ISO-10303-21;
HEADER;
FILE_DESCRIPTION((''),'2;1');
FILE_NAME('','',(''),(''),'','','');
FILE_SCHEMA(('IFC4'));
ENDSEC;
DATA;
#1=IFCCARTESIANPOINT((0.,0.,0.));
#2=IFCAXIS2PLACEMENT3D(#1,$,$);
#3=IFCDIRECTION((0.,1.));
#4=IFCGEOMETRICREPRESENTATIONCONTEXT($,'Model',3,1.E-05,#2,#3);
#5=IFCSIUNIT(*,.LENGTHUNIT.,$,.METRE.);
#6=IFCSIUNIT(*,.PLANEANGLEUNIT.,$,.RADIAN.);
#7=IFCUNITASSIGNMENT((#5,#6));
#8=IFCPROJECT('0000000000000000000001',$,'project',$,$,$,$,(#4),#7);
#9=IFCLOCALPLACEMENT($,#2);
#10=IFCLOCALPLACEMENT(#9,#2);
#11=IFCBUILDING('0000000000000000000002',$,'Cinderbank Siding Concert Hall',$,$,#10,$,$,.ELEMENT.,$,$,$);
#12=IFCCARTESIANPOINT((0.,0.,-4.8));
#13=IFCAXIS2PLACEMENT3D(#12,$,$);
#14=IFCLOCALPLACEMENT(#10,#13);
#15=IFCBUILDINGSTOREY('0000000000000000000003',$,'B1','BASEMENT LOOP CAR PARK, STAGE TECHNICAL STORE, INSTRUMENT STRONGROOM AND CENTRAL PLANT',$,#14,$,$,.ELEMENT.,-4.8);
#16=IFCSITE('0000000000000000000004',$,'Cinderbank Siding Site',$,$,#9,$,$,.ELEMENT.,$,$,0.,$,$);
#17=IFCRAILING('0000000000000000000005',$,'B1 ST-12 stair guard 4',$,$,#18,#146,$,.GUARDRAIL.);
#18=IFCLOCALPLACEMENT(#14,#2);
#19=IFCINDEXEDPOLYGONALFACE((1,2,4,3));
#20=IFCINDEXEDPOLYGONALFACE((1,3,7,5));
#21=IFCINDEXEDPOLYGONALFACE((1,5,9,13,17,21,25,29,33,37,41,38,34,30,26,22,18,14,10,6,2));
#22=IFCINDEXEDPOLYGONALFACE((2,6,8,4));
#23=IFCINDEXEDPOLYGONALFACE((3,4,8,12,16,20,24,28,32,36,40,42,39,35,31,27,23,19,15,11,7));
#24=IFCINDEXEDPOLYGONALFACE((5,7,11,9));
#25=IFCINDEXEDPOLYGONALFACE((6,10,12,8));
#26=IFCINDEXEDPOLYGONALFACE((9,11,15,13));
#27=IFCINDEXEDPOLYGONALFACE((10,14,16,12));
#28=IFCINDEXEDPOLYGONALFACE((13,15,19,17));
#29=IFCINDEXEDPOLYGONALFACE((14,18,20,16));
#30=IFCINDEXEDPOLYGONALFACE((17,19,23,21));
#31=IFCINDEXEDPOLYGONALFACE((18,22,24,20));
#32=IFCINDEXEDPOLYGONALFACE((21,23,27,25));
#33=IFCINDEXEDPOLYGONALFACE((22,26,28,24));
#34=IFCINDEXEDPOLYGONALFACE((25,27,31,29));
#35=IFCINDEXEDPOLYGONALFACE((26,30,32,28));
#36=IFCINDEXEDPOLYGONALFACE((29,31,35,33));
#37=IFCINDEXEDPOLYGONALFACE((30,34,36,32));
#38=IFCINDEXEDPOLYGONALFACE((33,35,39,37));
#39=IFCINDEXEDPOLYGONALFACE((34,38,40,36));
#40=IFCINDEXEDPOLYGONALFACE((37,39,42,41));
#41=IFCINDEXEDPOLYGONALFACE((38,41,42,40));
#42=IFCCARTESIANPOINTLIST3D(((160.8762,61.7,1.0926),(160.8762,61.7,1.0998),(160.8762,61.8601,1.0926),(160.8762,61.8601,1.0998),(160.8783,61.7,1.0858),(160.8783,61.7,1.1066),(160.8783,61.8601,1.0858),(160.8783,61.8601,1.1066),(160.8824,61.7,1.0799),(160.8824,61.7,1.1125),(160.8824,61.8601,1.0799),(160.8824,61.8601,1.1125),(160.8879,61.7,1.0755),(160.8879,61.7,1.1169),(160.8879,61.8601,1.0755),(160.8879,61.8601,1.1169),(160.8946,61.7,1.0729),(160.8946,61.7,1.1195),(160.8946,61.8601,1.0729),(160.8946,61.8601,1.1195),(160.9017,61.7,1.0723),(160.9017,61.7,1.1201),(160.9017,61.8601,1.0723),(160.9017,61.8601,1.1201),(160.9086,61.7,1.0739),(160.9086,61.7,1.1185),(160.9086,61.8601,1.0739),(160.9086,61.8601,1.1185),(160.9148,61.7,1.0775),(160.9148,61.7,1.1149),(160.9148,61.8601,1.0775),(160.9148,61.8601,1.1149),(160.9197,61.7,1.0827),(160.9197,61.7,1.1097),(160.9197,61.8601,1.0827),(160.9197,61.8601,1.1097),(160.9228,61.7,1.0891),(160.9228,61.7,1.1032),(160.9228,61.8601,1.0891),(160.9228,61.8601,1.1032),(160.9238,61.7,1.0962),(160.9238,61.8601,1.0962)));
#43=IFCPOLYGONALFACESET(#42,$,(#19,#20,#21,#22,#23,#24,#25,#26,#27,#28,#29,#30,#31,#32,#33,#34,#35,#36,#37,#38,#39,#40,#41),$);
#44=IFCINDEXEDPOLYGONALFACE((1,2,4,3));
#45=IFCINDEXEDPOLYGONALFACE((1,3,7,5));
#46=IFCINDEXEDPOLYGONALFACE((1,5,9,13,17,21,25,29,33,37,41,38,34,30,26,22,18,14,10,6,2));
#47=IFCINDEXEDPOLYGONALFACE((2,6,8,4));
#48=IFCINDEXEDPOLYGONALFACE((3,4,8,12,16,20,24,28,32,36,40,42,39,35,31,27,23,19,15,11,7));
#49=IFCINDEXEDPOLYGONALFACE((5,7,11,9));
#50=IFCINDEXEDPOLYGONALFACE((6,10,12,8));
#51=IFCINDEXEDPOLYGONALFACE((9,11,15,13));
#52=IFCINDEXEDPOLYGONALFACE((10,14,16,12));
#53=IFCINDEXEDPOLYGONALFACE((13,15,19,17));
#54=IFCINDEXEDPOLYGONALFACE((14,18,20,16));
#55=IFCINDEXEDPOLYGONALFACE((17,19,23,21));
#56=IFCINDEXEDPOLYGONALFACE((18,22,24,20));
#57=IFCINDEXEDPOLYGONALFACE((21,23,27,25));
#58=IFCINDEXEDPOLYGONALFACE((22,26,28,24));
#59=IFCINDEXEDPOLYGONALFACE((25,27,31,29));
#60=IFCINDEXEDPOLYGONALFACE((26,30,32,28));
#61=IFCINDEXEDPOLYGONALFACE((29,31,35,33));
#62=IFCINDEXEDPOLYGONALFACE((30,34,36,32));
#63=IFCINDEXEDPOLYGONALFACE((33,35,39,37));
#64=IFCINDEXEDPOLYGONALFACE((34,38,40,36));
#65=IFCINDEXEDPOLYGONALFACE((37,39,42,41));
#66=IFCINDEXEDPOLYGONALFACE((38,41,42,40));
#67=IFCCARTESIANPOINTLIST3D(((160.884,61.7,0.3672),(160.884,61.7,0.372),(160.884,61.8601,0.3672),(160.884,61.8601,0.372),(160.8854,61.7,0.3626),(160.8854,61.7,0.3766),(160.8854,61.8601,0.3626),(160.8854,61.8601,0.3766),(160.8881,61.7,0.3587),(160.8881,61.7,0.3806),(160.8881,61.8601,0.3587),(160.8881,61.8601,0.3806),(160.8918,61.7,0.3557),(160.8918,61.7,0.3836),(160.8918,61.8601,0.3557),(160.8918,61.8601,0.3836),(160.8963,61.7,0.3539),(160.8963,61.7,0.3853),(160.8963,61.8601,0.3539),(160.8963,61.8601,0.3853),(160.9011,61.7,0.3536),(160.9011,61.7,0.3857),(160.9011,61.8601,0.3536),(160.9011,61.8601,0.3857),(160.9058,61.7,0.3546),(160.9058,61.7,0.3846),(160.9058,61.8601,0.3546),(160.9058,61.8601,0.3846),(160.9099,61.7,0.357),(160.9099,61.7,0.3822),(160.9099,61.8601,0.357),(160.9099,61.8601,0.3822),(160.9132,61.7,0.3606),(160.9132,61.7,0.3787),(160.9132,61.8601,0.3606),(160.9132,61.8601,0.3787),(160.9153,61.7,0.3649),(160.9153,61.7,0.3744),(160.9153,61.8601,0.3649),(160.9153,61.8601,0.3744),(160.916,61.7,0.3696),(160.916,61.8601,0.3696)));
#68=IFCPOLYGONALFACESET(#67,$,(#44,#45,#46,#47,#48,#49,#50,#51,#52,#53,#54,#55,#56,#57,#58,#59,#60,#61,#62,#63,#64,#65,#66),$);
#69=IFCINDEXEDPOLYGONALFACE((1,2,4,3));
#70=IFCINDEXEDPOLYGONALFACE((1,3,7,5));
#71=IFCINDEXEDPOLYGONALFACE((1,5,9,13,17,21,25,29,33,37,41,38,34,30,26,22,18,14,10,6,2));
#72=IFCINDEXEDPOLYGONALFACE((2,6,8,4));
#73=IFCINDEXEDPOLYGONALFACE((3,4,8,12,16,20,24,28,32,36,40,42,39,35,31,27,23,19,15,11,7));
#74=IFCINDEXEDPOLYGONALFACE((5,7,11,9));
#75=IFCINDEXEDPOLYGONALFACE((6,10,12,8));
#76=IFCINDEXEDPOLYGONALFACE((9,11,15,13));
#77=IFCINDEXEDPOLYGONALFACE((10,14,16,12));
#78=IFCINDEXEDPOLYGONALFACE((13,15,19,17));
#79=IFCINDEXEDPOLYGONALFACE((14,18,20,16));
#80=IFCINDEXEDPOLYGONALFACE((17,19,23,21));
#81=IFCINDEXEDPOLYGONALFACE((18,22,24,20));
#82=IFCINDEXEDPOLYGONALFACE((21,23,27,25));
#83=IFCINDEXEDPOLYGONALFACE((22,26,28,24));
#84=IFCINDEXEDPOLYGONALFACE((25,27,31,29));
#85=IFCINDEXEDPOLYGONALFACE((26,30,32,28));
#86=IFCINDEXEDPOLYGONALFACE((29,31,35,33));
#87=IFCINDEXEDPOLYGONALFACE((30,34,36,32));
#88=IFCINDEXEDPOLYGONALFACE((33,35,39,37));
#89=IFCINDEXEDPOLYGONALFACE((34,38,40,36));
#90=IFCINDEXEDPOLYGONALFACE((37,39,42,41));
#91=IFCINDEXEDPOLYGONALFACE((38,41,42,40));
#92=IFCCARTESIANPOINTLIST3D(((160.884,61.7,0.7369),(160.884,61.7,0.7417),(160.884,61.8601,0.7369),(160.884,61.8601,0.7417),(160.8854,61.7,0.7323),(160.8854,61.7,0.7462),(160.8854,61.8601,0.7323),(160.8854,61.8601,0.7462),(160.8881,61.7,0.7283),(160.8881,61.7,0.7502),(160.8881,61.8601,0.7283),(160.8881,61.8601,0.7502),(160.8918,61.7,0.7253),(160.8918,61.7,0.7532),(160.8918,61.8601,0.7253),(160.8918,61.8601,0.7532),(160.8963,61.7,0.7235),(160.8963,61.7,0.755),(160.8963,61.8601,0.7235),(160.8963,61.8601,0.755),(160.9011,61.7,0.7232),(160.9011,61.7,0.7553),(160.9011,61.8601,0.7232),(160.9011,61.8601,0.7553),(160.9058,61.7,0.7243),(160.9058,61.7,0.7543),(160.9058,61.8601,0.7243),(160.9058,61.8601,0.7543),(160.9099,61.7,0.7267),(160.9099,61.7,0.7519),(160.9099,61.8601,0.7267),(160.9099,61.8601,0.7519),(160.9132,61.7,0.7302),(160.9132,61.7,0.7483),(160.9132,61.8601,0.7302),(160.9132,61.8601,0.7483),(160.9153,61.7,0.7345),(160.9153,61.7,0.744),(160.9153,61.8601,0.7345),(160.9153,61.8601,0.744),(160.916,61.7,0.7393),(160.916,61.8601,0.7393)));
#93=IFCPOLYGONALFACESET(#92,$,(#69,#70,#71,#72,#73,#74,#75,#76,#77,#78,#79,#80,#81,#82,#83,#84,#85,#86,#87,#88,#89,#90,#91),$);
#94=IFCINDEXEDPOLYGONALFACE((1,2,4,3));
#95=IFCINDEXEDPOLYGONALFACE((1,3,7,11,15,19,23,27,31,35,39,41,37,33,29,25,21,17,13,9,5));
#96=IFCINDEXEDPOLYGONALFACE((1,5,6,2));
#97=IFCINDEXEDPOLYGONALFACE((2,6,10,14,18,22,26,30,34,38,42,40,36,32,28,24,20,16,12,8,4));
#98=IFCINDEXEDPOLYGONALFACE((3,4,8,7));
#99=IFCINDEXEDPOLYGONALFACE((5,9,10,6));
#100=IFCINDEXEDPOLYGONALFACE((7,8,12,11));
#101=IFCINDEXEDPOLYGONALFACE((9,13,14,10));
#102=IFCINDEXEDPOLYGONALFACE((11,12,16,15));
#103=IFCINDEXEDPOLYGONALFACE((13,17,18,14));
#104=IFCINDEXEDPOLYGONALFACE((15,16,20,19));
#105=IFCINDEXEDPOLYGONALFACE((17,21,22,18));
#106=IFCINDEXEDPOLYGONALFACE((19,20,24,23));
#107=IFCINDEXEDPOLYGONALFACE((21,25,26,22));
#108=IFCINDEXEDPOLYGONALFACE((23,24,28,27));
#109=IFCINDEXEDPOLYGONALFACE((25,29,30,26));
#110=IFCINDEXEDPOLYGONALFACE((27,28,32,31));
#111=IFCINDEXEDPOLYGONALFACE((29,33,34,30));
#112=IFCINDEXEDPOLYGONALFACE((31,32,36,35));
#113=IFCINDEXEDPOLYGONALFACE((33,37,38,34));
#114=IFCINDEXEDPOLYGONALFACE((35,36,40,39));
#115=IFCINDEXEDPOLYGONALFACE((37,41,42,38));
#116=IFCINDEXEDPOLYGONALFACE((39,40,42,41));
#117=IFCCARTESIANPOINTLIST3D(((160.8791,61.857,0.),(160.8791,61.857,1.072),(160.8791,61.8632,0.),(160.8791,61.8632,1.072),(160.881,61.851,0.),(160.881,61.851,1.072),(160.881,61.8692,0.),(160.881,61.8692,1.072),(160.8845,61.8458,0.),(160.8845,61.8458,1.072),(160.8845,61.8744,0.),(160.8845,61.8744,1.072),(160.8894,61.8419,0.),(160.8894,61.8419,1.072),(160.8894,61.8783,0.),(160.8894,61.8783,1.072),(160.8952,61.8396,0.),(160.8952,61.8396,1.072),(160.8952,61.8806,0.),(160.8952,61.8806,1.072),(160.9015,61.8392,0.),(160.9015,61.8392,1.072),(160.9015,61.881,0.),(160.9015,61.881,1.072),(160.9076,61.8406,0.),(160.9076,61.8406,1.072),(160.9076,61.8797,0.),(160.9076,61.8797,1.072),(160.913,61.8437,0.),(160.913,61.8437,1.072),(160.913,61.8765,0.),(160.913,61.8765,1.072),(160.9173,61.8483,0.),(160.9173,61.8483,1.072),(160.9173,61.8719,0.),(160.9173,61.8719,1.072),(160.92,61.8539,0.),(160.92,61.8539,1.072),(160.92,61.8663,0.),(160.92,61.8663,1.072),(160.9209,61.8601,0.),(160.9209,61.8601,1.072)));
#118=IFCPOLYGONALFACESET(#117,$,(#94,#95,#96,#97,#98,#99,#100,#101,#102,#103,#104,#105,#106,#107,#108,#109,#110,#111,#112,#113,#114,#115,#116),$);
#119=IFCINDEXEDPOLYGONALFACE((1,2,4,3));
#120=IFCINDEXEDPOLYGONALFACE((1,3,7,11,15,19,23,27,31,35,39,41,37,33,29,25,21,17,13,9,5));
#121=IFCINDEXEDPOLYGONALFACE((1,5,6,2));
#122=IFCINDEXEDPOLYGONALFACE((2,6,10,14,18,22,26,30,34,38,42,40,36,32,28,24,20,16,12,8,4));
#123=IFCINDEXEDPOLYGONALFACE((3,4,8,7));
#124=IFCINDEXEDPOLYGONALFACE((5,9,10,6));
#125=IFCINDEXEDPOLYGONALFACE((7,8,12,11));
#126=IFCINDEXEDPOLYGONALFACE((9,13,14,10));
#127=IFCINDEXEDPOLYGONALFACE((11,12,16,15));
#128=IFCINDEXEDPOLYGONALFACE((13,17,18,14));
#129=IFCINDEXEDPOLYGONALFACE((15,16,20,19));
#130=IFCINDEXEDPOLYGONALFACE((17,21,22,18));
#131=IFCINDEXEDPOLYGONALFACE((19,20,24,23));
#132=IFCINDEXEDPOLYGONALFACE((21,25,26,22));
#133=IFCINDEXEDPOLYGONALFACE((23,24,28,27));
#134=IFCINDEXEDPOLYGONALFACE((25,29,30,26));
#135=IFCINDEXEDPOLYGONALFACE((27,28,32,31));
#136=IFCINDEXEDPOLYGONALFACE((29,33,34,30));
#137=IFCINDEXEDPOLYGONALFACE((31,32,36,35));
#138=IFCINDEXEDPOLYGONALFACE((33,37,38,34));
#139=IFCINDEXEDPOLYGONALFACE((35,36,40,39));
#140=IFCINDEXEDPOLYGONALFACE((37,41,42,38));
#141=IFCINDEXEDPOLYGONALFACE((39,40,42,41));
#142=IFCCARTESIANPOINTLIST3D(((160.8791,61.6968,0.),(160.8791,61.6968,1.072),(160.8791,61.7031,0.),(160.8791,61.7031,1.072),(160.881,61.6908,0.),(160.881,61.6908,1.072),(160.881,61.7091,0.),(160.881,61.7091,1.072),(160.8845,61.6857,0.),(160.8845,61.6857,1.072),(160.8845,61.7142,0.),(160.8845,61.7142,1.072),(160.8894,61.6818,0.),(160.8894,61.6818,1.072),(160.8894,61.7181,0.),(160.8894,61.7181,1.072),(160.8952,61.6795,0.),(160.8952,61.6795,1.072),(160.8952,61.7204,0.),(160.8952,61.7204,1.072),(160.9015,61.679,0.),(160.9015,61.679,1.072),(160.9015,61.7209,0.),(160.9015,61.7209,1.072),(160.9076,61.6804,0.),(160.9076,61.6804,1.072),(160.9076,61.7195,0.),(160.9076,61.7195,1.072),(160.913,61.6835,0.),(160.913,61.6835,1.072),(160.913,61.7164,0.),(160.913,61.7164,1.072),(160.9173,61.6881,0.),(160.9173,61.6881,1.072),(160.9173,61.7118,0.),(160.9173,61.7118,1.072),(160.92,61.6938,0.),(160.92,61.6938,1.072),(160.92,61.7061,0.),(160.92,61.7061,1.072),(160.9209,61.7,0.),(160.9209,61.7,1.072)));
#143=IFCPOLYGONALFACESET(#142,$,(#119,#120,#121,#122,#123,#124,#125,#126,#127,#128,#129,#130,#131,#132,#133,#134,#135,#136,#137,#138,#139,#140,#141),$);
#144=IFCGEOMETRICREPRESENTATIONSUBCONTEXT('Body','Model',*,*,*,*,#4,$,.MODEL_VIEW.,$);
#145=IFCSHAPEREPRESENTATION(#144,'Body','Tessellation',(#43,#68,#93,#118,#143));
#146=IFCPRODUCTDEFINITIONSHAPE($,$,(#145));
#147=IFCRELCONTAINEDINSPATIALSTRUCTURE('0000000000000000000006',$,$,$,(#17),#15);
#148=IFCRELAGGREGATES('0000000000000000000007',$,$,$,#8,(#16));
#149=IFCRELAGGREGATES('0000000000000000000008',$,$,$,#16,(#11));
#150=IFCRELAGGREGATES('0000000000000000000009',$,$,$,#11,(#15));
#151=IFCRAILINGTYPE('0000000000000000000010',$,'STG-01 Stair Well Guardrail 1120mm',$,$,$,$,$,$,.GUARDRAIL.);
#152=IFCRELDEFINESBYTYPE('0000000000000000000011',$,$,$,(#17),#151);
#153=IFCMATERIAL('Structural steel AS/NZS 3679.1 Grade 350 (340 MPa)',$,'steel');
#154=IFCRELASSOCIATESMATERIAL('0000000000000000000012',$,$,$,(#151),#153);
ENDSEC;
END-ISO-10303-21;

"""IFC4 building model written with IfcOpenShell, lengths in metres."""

from ifc_helpers import new_model, si_unit, direction, frame, origin, origin_2d, place, context, subcontext, project, spatial, circle, extrude, material, type_object, element, save


model = new_model("IFC4")

# Units and contexts
model_context = context("Model", 3, precision=1e-05, world=origin(), true_north=direction((0.0, 1.0)))
body_context = subcontext(model_context, "Body", "Model", "MODEL_VIEW")
ifc_project = project(units=[si_unit("LENGTHUNIT", "METRE"), si_unit("PLANEANGLEUNIT", "RADIAN")], contexts=[model_context])

# Site, building, storey
site_placement = place(None, origin())
site = spatial("IfcSite", under=ifc_project, at=site_placement, Name="Cinderbank Siding Site", CompositionType="ELEMENT", RefElevation=0.0)
building_placement = place(site_placement, origin())
building = spatial("IfcBuilding", under=site, at=building_placement, Name="Cinderbank Siding Concert Hall", CompositionType="ELEMENT")
storey_placement = place(building_placement, frame((0.0, 0.0, -4.8)))
storey = spatial("IfcBuildingStorey", under=building, at=storey_placement, Name="B1", Description="BASEMENT LOOP CAR PARK, STAGE TECHNICAL STORE, INSTRUMENT STRONGROOM AND CENTRAL PLANT", CompositionType="ELEMENT", Elevation=-4.8)

# Shared definitions
ifc_material_1 = material(Name="Structural steel AS/NZS 3679.1 Grade 350 (340 MPa)", Category="steel")

# Railing
railing_type_1 = type_object("IfcRailingType", Name="STG-01 Stair Well Guardrail 1120mm", PredefinedType="GUARDRAIL", material=ifc_material_1)
railing_1_placement = place(storey_placement, frame((160.8999, 61.8601, 0.0)))
element("IfcRailing", 1, at=railing_1_placement, inside=storey, type_object=railing_type_1, Name="B1 ST-12 stair guard 4", PredefinedType="GUARDRAIL", context=body_context, shape_type="SweptSolid", body=[
    extrude(circle(Radius=0.0239, at=origin_2d()), frame((0.0, 0.0, 1.0962), z_axis=(0.0, -1.0, 0.0), x_axis=(1.0, 0.0, 0.0)), (0.0, 0.0, 1.0), 0.1602),
    extrude(circle(Radius=0.0161, at=origin_2d()), frame((0.0, 0.0, 0.3696), z_axis=(0.0, -1.0, 0.0), x_axis=(1.0, 0.0, 0.0)), (0.0, 0.0, 1.0), 0.1602),
    extrude(circle(Radius=0.0161, at=origin_2d()), frame((0.0, 0.0, 0.7393), z_axis=(0.0, -1.0, 0.0), x_axis=(1.0, 0.0, 0.0)), (0.0, 0.0, 1.0), 0.1602),
    extrude(circle(Radius=0.021, at=origin_2d()), origin(), (0.0, 0.0, 1.0), 1.072),
    extrude(circle(Radius=0.021, at=origin_2d()), frame((0.0, -0.1602, 0.0)), (0.0, 0.0, 1.0), 1.072),
])

save(model, "model.ifc")
